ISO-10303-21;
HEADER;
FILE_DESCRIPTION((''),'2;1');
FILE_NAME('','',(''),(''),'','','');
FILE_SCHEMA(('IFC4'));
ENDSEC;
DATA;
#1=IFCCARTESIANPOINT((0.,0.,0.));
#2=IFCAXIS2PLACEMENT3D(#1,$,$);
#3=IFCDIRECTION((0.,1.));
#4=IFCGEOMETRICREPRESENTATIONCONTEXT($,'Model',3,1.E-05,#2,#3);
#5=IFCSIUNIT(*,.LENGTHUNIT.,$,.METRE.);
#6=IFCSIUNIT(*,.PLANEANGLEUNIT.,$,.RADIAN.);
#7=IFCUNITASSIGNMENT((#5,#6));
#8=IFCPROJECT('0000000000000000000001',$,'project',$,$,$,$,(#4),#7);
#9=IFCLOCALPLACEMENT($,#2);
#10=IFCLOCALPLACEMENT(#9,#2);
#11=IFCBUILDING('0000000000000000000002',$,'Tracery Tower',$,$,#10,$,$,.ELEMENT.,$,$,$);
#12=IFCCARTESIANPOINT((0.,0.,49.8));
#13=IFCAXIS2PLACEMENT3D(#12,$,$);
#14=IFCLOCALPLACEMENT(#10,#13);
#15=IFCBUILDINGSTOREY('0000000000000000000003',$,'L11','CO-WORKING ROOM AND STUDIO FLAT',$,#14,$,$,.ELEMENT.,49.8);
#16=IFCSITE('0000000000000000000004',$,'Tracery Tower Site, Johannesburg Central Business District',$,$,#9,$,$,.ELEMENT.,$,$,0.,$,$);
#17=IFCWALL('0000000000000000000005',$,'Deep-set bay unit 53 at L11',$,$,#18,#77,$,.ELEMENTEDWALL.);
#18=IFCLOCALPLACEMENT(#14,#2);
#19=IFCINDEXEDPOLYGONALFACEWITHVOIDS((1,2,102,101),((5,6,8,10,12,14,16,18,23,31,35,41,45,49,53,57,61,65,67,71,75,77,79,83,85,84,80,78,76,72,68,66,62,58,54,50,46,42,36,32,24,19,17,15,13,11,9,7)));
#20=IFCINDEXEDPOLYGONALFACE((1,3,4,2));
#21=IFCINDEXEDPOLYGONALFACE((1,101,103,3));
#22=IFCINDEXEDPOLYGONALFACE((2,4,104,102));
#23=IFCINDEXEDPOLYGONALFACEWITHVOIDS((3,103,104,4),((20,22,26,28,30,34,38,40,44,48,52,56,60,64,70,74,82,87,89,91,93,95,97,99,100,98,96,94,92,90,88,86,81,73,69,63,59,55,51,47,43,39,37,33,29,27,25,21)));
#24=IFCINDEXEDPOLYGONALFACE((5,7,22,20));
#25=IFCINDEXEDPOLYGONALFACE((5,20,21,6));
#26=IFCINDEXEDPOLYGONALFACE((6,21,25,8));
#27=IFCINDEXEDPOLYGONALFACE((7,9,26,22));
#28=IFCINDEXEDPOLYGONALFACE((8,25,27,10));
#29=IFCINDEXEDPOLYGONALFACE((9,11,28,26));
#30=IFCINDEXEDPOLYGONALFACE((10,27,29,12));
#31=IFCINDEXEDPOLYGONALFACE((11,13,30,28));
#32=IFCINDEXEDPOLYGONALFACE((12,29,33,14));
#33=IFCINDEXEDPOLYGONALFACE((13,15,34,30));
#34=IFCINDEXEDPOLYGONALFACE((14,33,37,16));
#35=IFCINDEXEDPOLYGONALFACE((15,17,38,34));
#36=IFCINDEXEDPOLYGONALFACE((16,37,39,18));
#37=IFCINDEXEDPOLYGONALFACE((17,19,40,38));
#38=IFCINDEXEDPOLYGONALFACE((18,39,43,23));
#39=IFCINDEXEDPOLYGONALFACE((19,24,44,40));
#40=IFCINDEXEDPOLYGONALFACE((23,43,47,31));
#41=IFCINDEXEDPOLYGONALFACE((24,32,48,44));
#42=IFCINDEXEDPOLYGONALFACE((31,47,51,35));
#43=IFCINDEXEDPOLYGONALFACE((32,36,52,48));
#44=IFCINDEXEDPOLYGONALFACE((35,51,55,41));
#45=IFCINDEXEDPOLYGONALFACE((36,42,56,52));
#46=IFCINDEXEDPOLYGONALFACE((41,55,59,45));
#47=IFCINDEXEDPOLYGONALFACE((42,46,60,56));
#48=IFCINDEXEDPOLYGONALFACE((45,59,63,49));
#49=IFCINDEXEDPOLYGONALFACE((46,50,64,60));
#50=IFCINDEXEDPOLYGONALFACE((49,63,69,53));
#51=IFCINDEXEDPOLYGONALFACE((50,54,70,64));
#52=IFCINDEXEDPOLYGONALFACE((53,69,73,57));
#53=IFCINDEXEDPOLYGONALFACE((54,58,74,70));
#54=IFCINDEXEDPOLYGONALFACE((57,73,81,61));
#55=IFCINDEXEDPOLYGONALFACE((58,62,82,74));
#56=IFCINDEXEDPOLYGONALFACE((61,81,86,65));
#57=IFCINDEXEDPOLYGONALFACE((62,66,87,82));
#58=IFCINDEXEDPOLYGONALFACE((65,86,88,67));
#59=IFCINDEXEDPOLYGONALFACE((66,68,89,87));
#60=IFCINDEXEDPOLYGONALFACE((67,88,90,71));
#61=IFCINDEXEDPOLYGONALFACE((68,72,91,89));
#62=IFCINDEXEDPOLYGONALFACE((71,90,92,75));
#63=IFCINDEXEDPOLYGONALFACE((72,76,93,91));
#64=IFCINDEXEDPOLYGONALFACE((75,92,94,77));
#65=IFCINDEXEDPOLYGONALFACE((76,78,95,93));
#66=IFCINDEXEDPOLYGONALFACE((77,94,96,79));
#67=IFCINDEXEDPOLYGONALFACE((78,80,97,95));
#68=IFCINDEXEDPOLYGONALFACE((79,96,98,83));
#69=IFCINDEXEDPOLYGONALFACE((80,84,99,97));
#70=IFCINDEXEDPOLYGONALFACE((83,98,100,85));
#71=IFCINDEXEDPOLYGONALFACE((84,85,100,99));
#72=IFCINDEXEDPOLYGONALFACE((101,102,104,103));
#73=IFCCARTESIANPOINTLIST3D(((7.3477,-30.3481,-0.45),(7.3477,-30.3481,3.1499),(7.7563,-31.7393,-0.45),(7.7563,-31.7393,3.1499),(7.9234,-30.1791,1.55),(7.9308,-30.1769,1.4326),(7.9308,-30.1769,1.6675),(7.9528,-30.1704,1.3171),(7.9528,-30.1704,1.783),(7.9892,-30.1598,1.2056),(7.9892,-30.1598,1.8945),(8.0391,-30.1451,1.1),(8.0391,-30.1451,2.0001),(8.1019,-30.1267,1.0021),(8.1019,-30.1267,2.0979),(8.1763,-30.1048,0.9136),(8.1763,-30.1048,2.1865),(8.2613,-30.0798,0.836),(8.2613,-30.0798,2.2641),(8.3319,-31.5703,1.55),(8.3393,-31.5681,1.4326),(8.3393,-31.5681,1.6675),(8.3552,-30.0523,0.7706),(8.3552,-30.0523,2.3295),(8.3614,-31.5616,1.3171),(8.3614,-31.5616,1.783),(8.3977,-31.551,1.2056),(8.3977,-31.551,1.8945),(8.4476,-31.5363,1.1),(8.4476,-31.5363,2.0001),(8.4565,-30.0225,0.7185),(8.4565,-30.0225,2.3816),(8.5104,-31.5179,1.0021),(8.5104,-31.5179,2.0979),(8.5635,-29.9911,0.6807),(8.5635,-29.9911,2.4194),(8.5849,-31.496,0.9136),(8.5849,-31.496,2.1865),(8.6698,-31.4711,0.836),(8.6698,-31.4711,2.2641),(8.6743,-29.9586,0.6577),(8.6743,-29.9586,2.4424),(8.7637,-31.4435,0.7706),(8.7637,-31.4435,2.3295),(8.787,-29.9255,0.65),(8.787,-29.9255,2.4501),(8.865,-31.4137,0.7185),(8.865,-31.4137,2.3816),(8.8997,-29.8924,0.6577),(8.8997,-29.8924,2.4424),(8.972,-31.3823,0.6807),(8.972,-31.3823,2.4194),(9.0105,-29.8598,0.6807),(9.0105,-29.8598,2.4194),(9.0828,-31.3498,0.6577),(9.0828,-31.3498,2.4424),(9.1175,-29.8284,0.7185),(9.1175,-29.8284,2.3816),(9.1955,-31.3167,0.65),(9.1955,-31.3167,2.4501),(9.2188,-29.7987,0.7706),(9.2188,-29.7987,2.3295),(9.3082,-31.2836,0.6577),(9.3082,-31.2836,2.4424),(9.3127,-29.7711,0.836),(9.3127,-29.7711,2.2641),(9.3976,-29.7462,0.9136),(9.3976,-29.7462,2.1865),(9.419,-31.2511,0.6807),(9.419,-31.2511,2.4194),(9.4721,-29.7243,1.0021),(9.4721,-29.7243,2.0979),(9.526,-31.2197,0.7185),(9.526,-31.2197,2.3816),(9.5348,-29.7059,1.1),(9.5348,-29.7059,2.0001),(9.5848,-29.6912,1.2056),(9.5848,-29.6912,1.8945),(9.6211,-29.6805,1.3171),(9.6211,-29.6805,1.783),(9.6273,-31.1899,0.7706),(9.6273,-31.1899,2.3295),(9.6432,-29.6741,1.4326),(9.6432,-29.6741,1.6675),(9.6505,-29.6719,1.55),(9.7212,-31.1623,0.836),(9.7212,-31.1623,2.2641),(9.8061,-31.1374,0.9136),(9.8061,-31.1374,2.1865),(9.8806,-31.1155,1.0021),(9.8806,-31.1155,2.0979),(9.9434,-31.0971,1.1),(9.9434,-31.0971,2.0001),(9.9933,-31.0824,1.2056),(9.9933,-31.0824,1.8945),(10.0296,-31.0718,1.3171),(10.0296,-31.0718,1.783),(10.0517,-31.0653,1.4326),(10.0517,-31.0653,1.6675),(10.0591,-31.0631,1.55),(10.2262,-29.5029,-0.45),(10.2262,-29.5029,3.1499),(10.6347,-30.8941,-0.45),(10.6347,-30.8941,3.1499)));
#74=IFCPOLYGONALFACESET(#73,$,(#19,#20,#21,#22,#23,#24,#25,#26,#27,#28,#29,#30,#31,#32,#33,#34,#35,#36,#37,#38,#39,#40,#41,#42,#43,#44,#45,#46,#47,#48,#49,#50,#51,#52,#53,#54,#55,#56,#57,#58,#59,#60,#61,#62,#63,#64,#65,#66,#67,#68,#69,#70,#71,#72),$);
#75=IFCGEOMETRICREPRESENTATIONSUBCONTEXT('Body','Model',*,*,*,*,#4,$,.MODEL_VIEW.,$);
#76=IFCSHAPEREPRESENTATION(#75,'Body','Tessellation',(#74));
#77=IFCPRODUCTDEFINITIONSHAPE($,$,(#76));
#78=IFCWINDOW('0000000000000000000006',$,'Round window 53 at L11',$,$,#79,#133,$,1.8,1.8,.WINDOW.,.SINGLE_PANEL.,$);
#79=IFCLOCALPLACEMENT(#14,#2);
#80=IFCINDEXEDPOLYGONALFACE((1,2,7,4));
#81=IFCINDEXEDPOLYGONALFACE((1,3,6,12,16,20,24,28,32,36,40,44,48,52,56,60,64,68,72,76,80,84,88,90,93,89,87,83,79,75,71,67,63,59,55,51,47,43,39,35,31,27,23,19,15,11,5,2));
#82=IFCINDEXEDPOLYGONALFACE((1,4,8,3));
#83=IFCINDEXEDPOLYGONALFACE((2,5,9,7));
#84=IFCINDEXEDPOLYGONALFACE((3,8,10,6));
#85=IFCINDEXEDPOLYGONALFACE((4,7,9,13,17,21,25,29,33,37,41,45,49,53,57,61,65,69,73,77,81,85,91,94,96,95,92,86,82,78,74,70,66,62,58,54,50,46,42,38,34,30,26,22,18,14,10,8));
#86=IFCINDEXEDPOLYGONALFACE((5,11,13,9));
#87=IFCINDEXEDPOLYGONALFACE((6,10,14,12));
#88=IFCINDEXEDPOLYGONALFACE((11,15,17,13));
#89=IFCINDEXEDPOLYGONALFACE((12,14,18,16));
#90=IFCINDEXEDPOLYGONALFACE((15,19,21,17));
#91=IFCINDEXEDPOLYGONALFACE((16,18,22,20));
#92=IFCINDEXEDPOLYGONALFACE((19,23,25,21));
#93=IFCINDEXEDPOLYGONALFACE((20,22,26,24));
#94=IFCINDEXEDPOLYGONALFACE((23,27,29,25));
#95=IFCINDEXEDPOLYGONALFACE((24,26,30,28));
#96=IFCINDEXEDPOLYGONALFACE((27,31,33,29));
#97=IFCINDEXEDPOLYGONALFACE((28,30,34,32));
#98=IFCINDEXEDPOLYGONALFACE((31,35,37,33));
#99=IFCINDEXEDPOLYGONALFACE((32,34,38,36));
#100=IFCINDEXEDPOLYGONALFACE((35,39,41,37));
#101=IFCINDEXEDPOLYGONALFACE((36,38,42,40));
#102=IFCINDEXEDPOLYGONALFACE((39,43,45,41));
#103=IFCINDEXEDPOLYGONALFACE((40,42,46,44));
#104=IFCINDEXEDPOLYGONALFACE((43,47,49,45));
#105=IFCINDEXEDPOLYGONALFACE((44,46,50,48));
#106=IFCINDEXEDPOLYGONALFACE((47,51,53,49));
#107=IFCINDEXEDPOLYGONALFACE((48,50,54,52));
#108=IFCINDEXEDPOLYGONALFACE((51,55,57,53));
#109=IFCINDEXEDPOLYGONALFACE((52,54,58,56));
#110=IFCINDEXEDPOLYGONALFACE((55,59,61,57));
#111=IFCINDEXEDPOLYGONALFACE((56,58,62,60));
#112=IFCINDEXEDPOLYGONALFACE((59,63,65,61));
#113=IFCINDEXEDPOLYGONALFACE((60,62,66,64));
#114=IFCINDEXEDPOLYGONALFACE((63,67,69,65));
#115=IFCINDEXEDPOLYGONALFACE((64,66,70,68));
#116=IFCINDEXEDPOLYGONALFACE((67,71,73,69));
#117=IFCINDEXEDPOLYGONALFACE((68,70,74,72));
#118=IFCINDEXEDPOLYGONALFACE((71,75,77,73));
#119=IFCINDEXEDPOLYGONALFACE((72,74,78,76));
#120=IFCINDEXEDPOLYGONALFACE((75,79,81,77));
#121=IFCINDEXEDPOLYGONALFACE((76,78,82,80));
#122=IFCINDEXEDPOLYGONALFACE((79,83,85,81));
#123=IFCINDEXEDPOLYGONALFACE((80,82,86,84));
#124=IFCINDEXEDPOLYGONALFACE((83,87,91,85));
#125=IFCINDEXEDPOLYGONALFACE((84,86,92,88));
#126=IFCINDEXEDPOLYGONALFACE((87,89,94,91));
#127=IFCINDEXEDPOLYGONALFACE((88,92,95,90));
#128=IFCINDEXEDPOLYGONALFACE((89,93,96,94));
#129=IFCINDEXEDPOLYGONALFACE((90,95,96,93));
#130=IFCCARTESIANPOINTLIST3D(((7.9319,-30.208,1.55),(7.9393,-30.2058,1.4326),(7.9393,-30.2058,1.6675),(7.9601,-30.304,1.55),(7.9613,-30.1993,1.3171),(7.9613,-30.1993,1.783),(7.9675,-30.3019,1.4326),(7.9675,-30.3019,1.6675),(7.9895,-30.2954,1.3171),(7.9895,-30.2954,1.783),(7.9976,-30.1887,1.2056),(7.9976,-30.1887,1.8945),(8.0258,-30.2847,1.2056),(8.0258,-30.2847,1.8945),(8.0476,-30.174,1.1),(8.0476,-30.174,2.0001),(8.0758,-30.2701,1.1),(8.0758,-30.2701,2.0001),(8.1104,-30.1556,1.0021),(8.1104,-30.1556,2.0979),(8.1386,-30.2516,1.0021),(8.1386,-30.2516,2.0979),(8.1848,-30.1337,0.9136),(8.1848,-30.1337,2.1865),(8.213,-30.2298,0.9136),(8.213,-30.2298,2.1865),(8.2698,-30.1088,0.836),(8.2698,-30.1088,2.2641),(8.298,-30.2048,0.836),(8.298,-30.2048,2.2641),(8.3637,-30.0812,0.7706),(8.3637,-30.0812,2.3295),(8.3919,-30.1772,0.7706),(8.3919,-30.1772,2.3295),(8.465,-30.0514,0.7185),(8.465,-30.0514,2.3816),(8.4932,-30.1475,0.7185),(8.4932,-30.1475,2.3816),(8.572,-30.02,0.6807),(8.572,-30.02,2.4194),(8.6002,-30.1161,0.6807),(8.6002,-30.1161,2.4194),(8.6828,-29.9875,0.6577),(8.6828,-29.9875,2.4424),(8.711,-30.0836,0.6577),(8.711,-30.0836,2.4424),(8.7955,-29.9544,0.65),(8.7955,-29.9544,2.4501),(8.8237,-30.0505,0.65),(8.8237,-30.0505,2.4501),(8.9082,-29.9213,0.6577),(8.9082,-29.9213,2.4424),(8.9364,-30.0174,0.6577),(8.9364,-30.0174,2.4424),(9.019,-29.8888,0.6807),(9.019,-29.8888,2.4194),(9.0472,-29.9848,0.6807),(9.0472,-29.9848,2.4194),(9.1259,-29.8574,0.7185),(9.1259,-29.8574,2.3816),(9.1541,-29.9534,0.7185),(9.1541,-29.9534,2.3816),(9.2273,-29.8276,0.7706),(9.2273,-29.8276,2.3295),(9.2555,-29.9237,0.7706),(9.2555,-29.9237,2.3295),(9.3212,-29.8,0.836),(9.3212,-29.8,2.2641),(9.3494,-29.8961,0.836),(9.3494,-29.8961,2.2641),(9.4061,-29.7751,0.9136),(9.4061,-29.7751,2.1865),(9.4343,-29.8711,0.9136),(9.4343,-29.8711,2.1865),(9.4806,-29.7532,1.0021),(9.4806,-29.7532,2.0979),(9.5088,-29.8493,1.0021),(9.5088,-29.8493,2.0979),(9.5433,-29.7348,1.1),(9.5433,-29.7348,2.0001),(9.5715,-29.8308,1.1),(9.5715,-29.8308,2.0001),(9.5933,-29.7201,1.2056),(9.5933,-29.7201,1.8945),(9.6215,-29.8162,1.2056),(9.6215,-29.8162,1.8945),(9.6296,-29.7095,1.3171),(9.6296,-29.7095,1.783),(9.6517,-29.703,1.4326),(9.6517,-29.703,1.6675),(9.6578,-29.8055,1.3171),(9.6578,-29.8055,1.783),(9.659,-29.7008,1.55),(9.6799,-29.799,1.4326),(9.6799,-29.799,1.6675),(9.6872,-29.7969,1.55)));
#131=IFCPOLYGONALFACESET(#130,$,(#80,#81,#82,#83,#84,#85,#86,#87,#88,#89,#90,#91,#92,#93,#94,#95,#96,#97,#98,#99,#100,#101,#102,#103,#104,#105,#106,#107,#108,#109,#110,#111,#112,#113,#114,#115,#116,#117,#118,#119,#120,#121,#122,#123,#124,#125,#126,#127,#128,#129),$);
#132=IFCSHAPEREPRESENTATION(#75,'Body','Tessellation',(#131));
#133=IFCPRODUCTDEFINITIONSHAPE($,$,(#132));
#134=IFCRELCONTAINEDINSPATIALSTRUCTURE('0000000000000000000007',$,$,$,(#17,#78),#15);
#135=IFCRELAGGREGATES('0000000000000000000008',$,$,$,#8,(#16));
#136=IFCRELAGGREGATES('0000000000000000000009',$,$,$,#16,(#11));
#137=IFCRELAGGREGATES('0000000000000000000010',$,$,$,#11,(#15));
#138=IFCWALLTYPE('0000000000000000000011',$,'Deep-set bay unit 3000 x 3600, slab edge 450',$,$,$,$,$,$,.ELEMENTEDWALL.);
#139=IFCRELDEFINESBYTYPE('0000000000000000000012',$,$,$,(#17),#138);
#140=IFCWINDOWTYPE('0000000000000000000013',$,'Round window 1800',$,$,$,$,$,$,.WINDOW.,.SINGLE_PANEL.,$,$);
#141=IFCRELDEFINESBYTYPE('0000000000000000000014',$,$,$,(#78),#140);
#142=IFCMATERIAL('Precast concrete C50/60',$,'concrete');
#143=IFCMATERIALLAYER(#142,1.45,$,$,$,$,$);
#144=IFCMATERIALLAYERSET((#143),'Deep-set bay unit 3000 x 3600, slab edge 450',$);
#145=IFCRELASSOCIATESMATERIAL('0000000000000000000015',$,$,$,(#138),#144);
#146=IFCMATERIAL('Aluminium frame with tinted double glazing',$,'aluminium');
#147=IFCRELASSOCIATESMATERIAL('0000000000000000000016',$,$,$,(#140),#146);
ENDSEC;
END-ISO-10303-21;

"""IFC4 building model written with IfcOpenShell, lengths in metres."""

from ifc_helpers import new_model, si_unit, direction, frame, frame_2d, origin, origin_2d, place, context, subcontext, project, spatial, rectangle, circle, extrude, material, layer, layer_set, type_object, element, fill, save


model = new_model("IFC4")

# Units and contexts
model_context = context("Model", 3, precision=1e-05, world=origin(), true_north=direction((0.0, 1.0)))
body_context = subcontext(model_context, "Body", "Model", "MODEL_VIEW")
ifc_project = project(units=[si_unit("LENGTHUNIT", "METRE"), si_unit("PLANEANGLEUNIT", "RADIAN")], contexts=[model_context])

# Site, building, storey
site_placement = place(None, origin())
site = spatial("IfcSite", under=ifc_project, at=site_placement, Name="Tracery Tower Site, Johannesburg Central Business District", CompositionType="ELEMENT", RefElevation=0.0)
building_placement = place(site_placement, origin())
building = spatial("IfcBuilding", under=site, at=building_placement, Name="Tracery Tower", CompositionType="ELEMENT")
storey_placement = place(building_placement, frame((0.0, 0.0, 49.8)))
storey = spatial("IfcBuildingStorey", under=building, at=storey_placement, Name="L11", Description="CO-WORKING ROOM AND STUDIO FLAT", CompositionType="ELEMENT", Elevation=49.8)

# Wall, opening, window
ifc_material_1 = material(Name="Precast concrete C50/60", Category="concrete")
ifc_layer_1 = layer(ifc_material_1, 1.45)
ifc_layer_set_1 = layer_set([ifc_layer_1], Name="Deep-set bay unit 3000 x 3600, slab edge 450")
wall_type_1 = type_object("IfcWallType", Name="Deep-set bay unit 3000 x 3600, slab edge 450", PredefinedType="ELEMENTEDWALL", material=ifc_layer_set_1)
wall_1_placement = place(storey_placement, frame((7.552, -31.0437, -0.45), z_axis=(0.0, 0.0, 1.0), x_axis=(0.95949, 0.281743, 0.0)))
wall_1 = element("IfcWall", 1, at=wall_1_placement, inside=storey, type_object=wall_type_1, Name="Deep-set bay unit 53 at L11", PredefinedType="ELEMENTEDWALL", context=body_context, shape_type="SweptSolid", body=[
    extrude(rectangle(XDim=3.0, YDim=1.45, at=frame_2d((1.5, 0.0))), origin(), (0.0, 0.0, 1.0), 3.5999),
])
opening_1_placement = place(wall_1_placement, frame((1.5, 0.0, 2.0)))
opening_1 = element("IfcOpeningElement", 2, at=opening_1_placement, cuts=wall_1, PredefinedType="OPENING", context=body_context, shape_type="SweptSolid", body=[
    extrude(circle(Radius=0.9, at=origin_2d()), frame((0.0, 0.7349, 0.0), z_axis=(0.0, -1.0, 0.0), x_axis=(1.0, 0.0, 0.0)), (0.0, 0.0, 1.0), 1.47),
])
ifc_material_2 = material(Name="Aluminium frame with tinted double glazing", Category="aluminium")
window_type = type_object("IfcWindowType", Name="Round window 1800", PartitioningType="SINGLE_PANEL", PredefinedType="WINDOW", material=ifc_material_2)
window_1_placement = place(opening_1_placement, origin())
window_1 = element("IfcWindow", 3, at=window_1_placement, inside=storey, type_object=window_type, Name="Round window 53 at L11", OverallHeight=1.8, OverallWidth=1.8, PartitioningType="SINGLE_PANEL", PredefinedType="WINDOW", context=body_context, shape_type="SweptSolid", body=[
    extrude(circle(Radius=0.9, at=origin_2d()), frame((0.0, 0.6948, 0.0), z_axis=(0.0, -1.0, 0.0), x_axis=(1.0, 0.0, 0.0)), (0.0, 0.0, 1.0), 0.1001),
])
fill(opening_1, window_1)

save(model, "model.ifc")
